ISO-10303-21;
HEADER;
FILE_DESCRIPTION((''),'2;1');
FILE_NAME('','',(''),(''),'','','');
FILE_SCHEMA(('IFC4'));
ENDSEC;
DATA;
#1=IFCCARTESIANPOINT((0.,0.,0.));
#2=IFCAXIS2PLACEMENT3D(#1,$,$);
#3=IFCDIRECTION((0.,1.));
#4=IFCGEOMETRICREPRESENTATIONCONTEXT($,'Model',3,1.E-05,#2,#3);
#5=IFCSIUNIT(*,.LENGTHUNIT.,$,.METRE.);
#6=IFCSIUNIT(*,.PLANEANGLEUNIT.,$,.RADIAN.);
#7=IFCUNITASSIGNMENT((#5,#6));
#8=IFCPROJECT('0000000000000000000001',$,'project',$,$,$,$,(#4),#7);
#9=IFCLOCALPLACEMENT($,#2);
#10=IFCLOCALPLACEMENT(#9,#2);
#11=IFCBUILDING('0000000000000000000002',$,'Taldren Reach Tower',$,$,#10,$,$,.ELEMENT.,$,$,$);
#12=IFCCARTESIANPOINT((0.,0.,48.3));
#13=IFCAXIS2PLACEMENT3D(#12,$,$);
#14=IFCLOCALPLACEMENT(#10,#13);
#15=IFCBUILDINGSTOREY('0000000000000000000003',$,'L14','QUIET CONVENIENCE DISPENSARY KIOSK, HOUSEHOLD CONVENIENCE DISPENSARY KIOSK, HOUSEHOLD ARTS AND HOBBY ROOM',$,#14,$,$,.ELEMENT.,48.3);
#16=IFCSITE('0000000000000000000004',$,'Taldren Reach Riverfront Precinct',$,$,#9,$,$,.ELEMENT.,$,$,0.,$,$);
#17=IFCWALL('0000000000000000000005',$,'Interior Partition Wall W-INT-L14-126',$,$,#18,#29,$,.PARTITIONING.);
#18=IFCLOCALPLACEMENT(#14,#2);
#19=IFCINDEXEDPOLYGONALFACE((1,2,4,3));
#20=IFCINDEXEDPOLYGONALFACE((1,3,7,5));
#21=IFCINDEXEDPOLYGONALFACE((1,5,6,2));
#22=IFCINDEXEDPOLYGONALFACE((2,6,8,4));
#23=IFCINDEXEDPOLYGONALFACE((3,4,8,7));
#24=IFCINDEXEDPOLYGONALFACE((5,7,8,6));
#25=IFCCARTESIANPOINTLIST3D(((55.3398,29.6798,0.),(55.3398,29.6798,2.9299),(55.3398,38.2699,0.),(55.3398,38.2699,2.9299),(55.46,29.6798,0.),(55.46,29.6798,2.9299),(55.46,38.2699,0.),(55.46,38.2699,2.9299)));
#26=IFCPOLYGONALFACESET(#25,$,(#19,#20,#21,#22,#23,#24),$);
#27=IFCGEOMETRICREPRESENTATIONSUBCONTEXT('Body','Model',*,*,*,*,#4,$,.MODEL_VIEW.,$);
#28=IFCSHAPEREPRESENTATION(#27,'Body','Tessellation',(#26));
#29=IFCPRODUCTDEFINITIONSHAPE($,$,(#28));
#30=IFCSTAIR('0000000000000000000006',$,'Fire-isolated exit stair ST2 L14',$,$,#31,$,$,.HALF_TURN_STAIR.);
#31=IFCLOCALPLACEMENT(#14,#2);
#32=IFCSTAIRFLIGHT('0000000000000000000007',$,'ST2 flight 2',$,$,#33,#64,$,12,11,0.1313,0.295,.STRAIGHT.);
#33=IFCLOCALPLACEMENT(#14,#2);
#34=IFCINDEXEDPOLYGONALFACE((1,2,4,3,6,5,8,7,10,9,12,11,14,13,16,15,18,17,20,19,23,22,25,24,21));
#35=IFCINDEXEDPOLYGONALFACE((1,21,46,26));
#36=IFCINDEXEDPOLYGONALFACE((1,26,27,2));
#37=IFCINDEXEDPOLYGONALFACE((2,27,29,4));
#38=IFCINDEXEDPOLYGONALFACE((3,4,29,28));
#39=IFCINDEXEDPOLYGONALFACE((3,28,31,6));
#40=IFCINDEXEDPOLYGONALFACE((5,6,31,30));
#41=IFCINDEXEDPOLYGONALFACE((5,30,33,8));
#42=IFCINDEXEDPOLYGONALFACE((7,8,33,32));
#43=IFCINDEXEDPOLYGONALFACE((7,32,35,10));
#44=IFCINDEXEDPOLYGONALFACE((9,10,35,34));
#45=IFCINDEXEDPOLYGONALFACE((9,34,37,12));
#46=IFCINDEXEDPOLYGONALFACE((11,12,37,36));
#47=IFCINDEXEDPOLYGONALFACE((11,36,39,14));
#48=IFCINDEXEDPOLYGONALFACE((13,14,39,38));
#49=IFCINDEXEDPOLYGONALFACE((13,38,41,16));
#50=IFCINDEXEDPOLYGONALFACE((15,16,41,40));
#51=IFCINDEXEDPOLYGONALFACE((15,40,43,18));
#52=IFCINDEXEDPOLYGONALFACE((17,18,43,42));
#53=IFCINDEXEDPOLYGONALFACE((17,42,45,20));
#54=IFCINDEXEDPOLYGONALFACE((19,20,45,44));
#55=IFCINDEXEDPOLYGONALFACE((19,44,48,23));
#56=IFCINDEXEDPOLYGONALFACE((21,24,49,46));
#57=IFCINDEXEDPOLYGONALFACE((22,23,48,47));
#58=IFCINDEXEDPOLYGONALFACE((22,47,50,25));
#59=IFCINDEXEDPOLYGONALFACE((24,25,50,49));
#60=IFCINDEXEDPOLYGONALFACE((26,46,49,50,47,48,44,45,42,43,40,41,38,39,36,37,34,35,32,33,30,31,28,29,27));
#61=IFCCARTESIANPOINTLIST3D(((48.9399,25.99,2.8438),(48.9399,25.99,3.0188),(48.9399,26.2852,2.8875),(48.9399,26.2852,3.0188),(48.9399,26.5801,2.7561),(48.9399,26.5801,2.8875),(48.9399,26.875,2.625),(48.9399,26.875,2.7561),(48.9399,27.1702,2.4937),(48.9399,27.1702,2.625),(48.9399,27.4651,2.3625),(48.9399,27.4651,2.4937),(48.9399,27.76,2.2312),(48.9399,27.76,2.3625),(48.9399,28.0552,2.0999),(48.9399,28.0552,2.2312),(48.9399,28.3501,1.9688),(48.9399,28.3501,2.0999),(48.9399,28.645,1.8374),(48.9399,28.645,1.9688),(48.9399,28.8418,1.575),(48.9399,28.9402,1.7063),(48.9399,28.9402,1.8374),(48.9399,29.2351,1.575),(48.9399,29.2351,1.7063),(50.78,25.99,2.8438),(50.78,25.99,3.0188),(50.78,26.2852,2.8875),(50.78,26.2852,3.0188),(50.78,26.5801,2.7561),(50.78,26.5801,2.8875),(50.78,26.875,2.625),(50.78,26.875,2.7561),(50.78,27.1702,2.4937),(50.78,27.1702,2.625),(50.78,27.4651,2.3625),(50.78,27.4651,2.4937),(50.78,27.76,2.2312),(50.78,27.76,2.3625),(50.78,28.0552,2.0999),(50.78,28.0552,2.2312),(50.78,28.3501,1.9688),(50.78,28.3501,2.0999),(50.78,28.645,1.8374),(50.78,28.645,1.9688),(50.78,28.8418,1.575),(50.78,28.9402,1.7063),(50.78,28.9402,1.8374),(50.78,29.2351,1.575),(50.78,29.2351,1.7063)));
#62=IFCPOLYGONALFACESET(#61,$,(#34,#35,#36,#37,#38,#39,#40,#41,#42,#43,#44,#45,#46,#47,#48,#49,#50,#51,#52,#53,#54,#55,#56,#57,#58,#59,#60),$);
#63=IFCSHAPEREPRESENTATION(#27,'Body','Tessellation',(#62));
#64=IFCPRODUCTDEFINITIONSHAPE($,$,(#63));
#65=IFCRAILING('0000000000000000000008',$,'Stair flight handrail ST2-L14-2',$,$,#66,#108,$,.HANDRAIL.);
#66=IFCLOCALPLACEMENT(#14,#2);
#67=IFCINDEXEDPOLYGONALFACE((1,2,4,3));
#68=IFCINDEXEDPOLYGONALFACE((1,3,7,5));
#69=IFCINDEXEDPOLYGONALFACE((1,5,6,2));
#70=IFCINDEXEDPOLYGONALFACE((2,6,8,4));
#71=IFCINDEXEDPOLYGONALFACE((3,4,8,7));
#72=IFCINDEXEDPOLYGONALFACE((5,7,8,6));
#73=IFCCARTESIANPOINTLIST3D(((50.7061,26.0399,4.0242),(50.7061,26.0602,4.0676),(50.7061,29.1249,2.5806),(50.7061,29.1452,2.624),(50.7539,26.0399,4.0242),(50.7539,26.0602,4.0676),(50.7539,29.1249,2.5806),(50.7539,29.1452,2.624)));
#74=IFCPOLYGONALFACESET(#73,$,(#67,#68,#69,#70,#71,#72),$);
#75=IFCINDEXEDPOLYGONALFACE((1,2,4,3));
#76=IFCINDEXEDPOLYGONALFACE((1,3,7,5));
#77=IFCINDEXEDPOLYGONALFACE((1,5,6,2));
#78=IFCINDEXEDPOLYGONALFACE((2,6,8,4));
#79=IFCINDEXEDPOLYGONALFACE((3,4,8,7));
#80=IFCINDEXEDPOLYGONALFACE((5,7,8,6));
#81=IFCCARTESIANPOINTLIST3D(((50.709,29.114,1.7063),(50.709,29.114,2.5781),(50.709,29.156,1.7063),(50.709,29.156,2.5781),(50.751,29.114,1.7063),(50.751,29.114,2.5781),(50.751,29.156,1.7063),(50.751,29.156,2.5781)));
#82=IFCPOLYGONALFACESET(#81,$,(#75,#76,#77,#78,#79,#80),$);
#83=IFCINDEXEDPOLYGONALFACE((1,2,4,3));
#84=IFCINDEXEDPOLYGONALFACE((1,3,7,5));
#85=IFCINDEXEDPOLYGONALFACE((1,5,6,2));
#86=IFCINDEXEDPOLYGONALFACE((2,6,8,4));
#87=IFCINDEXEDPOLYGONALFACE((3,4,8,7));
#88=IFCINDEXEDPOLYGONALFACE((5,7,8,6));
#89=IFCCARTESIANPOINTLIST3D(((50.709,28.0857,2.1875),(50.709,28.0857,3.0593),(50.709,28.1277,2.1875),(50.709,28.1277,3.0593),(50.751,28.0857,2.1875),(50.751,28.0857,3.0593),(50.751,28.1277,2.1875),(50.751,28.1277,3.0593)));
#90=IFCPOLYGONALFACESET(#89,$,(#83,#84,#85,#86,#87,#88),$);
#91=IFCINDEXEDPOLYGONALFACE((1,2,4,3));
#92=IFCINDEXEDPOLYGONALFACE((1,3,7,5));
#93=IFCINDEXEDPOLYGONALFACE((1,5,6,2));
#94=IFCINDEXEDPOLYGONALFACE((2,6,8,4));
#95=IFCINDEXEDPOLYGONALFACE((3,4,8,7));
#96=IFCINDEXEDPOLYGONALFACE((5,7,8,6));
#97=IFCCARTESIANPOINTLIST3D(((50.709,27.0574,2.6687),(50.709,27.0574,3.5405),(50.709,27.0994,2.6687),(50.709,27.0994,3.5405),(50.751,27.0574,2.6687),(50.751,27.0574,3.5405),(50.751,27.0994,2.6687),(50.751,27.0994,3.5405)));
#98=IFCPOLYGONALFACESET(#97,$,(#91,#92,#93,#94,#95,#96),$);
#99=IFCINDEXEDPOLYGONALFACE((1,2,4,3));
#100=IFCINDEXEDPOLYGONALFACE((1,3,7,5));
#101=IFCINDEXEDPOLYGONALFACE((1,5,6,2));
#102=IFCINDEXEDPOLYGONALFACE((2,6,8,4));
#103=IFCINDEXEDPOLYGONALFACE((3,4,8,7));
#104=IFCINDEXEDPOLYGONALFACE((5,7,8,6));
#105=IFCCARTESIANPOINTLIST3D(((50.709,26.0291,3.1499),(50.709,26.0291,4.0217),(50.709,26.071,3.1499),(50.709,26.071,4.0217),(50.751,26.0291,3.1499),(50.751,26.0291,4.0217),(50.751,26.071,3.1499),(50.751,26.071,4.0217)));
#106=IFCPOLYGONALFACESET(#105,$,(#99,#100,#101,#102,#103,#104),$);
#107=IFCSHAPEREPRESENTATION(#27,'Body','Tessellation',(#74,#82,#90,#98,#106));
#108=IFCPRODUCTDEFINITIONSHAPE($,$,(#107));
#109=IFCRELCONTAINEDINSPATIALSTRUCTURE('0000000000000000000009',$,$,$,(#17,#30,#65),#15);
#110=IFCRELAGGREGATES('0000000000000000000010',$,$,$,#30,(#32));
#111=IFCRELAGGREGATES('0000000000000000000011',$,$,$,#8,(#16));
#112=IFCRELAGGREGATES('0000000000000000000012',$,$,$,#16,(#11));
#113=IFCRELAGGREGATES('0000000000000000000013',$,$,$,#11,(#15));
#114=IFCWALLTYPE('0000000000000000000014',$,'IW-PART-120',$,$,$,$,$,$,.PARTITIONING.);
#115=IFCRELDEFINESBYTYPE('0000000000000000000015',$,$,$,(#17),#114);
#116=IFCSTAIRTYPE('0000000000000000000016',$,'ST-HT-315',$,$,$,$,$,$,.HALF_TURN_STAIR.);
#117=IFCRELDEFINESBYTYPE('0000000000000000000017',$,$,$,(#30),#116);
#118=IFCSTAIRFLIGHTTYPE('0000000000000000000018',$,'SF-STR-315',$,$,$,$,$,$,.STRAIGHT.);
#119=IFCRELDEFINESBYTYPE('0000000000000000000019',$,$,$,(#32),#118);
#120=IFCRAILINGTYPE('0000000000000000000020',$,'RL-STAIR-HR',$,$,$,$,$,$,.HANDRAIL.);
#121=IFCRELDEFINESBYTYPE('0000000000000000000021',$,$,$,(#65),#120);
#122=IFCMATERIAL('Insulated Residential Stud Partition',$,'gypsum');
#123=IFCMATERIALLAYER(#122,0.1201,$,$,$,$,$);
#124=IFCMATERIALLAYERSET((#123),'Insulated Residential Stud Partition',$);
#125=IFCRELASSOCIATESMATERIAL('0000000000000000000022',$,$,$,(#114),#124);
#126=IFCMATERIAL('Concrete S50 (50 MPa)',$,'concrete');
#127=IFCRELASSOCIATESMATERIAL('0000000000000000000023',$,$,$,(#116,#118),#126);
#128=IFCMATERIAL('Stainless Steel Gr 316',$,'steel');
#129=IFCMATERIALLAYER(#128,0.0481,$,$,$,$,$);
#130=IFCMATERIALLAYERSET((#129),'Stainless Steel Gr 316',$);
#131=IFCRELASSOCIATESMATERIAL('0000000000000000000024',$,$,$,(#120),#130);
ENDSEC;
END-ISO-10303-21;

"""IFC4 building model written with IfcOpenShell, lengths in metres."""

from ifc_helpers import new_model, si_unit, direction, frame, frame_2d, origin, origin_2d, place, context, subcontext, project, spatial, polyline, rectangle, outline, extrude, source, transform, mapped, material, layer, layer_set, type_object, element, aggregate, save


model = new_model("IFC4")

# Units and contexts
model_context = context("Model", 3, precision=1e-05, world=origin(), true_north=direction((0.0, 1.0)))
body_context = subcontext(model_context, "Body", "Model", "MODEL_VIEW")
ifc_project = project(units=[si_unit("LENGTHUNIT", "METRE"), si_unit("PLANEANGLEUNIT", "RADIAN")], contexts=[model_context])

# Site, building, storey
site_placement = place(None, origin())
site = spatial("IfcSite", under=ifc_project, at=site_placement, Name="Taldren Reach Riverfront Precinct", CompositionType="ELEMENT", RefElevation=0.0)
building_placement = place(site_placement, origin())
building = spatial("IfcBuilding", under=site, at=building_placement, Name="Taldren Reach Tower", CompositionType="ELEMENT")
storey_placement = place(building_placement, frame((0.0, 0.0, 48.3)))
storey = spatial("IfcBuildingStorey", under=building, at=storey_placement, Name="L14", Description="QUIET CONVENIENCE DISPENSARY KIOSK, HOUSEHOLD CONVENIENCE DISPENSARY KIOSK, HOUSEHOLD ARTS AND HOBBY ROOM", CompositionType="ELEMENT", Elevation=48.3)

# Shared definitions
ifc_material_1 = material(Name="Insulated Residential Stud Partition", Category="gypsum")
ifc_layer_1 = layer(ifc_material_1, 0.1201)
ifc_layer_set_1 = layer_set([ifc_layer_1], Name="Insulated Residential Stud Partition")
wall_type_1 = type_object("IfcWallType", Name="IW-PART-120", PredefinedType="PARTITIONING", material=ifc_layer_set_1)

# Wall
shared_shape_1 = source(origin(), body_context, "Body", "SweptSolid", [
    extrude(rectangle(XDim=8.5901, YDim=0.1201, at=frame_2d((4.2949, 0.0))), origin(), (0.0, 0.0, 1.0), 2.9299),
])
wall_1_placement = place(storey_placement, frame((55.3999, 29.6799, 0.0), z_axis=(0.0, 0.0, 1.0), x_axis=(0.0, 1.0, 0.0)))
element("IfcWall", 1, at=wall_1_placement, inside=storey, type_object=wall_type_1, Name="Interior Partition Wall W-INT-L14-126", PredefinedType="PARTITIONING", context=body_context, shape_type="MappedRepresentation", body=[
    mapped(shared_shape_1, transform((0.0, 0.0, 0.0), scale=1.0)),
])

# Stair, stair flight
ifc_material_2 = material(Name="Concrete S50 (50 MPa)", Category="concrete")
stair_type = type_object("IfcStairType", Name="ST-HT-315", PredefinedType="HALF_TURN_STAIR", material=ifc_material_2)
stair_placement = place(storey_placement, origin())
stair = element("IfcStair", 2, at=stair_placement, inside=storey, type_object=stair_type, Name="Fire-isolated exit stair ST2 L14", PredefinedType="HALF_TURN_STAIR")
stair_flight_type = type_object("IfcStairFlightType", Name="SF-STR-315", PredefinedType="STRAIGHT", material=ifc_material_2)
stair_flight_placement = place(storey_placement, frame((49.8601, 29.2351, 1.575), z_axis=(0.0, 0.0, 1.0), x_axis=(0.0, -1.0, 0.0)))
stair_flight = element("IfcStairFlight", 3, at=stair_flight_placement, type_object=stair_flight_type, Name="ST2 flight 2", NumberOfRisers=12, NumberOfTreads=11, PredefinedType="STRAIGHT", RiserHeight=0.1313, TreadLength=0.295, context=body_context, shape_type="SweptSolid", body=[
    extrude(outline(polyline([(0.0, 0.0), (0.0, 0.1313), (0.2949, 0.1313), (0.2949, 0.2625), (0.5901, 0.2625), (0.5901, 0.3938), (0.885, 0.3938), (0.885, 0.5249), (1.1799, 0.5249), (1.1799, 0.6562), (1.4751, 0.6562), (1.4751, 0.7876), (1.77, 0.7876), (1.77, 0.9187), (2.0649, 0.9187), (2.0649, 1.05), (2.3601, 1.05), (2.3601, 1.1812), (2.655, 1.1812), (2.655, 1.3125), (2.95, 1.3125), (2.95, 1.4438), (3.2451, 1.4438), (3.2451, 1.575), (3.2451, 1.2688), (0.3933, 0.0), (0.0, 0.0)])), frame((0.0, 0.9199, 0.0), z_axis=(0.0, -1.0, 0.0), x_axis=(1.0, 0.0, 0.0)), (0.0, 0.0, 1.0), 1.8401),
])
aggregate(stair, [stair_flight])

# Railing
ifc_material_3 = material(Name="Stainless Steel Gr 316", Category="steel")
ifc_layer_2 = layer(ifc_material_3, 0.0481)
ifc_layer_set_2 = layer_set([ifc_layer_2], Name="Stainless Steel Gr 316")
railing_type = type_object("IfcRailingType", Name="RL-STAIR-HR", PredefinedType="HANDRAIL", material=ifc_layer_set_2)
railing_placement = place(storey_placement, frame((50.73, 29.135, 1.7063)))
element("IfcRailing", 4, at=railing_placement, inside=storey, type_object=railing_type, Name="Stair flight handrail ST2-L14-2", PredefinedType="HANDRAIL", context=body_context, shape_type="SweptSolid", body=[
    extrude(rectangle(XDim=0.0479, YDim=0.0479, at=origin_2d()), frame((0.0, 0.0, 0.896), z_axis=(0.0, -0.905738, 0.423839), x_axis=(1.0, 0.0, 0.0)), (0.0, 0.0, 1.0), 3.406),
    extrude(rectangle(XDim=0.042, YDim=0.042, at=origin_2d()), origin(), (0.0, 0.0, 1.0), 0.8718),
    extrude(rectangle(XDim=0.042, YDim=0.042, at=origin_2d()), frame((0.0, -1.0283, 0.4812)), (0.0, 0.0, 1.0), 0.8718),
    extrude(rectangle(XDim=0.042, YDim=0.042, at=origin_2d()), frame((0.0, -2.0566, 0.9624)), (0.0, 0.0, 1.0), 0.8718),
    extrude(rectangle(XDim=0.042, YDim=0.042, at=origin_2d()), frame((0.0, -3.085, 1.4436)), (0.0, 0.0, 1.0), 0.8718),
])

save(model, "model.ifc")
